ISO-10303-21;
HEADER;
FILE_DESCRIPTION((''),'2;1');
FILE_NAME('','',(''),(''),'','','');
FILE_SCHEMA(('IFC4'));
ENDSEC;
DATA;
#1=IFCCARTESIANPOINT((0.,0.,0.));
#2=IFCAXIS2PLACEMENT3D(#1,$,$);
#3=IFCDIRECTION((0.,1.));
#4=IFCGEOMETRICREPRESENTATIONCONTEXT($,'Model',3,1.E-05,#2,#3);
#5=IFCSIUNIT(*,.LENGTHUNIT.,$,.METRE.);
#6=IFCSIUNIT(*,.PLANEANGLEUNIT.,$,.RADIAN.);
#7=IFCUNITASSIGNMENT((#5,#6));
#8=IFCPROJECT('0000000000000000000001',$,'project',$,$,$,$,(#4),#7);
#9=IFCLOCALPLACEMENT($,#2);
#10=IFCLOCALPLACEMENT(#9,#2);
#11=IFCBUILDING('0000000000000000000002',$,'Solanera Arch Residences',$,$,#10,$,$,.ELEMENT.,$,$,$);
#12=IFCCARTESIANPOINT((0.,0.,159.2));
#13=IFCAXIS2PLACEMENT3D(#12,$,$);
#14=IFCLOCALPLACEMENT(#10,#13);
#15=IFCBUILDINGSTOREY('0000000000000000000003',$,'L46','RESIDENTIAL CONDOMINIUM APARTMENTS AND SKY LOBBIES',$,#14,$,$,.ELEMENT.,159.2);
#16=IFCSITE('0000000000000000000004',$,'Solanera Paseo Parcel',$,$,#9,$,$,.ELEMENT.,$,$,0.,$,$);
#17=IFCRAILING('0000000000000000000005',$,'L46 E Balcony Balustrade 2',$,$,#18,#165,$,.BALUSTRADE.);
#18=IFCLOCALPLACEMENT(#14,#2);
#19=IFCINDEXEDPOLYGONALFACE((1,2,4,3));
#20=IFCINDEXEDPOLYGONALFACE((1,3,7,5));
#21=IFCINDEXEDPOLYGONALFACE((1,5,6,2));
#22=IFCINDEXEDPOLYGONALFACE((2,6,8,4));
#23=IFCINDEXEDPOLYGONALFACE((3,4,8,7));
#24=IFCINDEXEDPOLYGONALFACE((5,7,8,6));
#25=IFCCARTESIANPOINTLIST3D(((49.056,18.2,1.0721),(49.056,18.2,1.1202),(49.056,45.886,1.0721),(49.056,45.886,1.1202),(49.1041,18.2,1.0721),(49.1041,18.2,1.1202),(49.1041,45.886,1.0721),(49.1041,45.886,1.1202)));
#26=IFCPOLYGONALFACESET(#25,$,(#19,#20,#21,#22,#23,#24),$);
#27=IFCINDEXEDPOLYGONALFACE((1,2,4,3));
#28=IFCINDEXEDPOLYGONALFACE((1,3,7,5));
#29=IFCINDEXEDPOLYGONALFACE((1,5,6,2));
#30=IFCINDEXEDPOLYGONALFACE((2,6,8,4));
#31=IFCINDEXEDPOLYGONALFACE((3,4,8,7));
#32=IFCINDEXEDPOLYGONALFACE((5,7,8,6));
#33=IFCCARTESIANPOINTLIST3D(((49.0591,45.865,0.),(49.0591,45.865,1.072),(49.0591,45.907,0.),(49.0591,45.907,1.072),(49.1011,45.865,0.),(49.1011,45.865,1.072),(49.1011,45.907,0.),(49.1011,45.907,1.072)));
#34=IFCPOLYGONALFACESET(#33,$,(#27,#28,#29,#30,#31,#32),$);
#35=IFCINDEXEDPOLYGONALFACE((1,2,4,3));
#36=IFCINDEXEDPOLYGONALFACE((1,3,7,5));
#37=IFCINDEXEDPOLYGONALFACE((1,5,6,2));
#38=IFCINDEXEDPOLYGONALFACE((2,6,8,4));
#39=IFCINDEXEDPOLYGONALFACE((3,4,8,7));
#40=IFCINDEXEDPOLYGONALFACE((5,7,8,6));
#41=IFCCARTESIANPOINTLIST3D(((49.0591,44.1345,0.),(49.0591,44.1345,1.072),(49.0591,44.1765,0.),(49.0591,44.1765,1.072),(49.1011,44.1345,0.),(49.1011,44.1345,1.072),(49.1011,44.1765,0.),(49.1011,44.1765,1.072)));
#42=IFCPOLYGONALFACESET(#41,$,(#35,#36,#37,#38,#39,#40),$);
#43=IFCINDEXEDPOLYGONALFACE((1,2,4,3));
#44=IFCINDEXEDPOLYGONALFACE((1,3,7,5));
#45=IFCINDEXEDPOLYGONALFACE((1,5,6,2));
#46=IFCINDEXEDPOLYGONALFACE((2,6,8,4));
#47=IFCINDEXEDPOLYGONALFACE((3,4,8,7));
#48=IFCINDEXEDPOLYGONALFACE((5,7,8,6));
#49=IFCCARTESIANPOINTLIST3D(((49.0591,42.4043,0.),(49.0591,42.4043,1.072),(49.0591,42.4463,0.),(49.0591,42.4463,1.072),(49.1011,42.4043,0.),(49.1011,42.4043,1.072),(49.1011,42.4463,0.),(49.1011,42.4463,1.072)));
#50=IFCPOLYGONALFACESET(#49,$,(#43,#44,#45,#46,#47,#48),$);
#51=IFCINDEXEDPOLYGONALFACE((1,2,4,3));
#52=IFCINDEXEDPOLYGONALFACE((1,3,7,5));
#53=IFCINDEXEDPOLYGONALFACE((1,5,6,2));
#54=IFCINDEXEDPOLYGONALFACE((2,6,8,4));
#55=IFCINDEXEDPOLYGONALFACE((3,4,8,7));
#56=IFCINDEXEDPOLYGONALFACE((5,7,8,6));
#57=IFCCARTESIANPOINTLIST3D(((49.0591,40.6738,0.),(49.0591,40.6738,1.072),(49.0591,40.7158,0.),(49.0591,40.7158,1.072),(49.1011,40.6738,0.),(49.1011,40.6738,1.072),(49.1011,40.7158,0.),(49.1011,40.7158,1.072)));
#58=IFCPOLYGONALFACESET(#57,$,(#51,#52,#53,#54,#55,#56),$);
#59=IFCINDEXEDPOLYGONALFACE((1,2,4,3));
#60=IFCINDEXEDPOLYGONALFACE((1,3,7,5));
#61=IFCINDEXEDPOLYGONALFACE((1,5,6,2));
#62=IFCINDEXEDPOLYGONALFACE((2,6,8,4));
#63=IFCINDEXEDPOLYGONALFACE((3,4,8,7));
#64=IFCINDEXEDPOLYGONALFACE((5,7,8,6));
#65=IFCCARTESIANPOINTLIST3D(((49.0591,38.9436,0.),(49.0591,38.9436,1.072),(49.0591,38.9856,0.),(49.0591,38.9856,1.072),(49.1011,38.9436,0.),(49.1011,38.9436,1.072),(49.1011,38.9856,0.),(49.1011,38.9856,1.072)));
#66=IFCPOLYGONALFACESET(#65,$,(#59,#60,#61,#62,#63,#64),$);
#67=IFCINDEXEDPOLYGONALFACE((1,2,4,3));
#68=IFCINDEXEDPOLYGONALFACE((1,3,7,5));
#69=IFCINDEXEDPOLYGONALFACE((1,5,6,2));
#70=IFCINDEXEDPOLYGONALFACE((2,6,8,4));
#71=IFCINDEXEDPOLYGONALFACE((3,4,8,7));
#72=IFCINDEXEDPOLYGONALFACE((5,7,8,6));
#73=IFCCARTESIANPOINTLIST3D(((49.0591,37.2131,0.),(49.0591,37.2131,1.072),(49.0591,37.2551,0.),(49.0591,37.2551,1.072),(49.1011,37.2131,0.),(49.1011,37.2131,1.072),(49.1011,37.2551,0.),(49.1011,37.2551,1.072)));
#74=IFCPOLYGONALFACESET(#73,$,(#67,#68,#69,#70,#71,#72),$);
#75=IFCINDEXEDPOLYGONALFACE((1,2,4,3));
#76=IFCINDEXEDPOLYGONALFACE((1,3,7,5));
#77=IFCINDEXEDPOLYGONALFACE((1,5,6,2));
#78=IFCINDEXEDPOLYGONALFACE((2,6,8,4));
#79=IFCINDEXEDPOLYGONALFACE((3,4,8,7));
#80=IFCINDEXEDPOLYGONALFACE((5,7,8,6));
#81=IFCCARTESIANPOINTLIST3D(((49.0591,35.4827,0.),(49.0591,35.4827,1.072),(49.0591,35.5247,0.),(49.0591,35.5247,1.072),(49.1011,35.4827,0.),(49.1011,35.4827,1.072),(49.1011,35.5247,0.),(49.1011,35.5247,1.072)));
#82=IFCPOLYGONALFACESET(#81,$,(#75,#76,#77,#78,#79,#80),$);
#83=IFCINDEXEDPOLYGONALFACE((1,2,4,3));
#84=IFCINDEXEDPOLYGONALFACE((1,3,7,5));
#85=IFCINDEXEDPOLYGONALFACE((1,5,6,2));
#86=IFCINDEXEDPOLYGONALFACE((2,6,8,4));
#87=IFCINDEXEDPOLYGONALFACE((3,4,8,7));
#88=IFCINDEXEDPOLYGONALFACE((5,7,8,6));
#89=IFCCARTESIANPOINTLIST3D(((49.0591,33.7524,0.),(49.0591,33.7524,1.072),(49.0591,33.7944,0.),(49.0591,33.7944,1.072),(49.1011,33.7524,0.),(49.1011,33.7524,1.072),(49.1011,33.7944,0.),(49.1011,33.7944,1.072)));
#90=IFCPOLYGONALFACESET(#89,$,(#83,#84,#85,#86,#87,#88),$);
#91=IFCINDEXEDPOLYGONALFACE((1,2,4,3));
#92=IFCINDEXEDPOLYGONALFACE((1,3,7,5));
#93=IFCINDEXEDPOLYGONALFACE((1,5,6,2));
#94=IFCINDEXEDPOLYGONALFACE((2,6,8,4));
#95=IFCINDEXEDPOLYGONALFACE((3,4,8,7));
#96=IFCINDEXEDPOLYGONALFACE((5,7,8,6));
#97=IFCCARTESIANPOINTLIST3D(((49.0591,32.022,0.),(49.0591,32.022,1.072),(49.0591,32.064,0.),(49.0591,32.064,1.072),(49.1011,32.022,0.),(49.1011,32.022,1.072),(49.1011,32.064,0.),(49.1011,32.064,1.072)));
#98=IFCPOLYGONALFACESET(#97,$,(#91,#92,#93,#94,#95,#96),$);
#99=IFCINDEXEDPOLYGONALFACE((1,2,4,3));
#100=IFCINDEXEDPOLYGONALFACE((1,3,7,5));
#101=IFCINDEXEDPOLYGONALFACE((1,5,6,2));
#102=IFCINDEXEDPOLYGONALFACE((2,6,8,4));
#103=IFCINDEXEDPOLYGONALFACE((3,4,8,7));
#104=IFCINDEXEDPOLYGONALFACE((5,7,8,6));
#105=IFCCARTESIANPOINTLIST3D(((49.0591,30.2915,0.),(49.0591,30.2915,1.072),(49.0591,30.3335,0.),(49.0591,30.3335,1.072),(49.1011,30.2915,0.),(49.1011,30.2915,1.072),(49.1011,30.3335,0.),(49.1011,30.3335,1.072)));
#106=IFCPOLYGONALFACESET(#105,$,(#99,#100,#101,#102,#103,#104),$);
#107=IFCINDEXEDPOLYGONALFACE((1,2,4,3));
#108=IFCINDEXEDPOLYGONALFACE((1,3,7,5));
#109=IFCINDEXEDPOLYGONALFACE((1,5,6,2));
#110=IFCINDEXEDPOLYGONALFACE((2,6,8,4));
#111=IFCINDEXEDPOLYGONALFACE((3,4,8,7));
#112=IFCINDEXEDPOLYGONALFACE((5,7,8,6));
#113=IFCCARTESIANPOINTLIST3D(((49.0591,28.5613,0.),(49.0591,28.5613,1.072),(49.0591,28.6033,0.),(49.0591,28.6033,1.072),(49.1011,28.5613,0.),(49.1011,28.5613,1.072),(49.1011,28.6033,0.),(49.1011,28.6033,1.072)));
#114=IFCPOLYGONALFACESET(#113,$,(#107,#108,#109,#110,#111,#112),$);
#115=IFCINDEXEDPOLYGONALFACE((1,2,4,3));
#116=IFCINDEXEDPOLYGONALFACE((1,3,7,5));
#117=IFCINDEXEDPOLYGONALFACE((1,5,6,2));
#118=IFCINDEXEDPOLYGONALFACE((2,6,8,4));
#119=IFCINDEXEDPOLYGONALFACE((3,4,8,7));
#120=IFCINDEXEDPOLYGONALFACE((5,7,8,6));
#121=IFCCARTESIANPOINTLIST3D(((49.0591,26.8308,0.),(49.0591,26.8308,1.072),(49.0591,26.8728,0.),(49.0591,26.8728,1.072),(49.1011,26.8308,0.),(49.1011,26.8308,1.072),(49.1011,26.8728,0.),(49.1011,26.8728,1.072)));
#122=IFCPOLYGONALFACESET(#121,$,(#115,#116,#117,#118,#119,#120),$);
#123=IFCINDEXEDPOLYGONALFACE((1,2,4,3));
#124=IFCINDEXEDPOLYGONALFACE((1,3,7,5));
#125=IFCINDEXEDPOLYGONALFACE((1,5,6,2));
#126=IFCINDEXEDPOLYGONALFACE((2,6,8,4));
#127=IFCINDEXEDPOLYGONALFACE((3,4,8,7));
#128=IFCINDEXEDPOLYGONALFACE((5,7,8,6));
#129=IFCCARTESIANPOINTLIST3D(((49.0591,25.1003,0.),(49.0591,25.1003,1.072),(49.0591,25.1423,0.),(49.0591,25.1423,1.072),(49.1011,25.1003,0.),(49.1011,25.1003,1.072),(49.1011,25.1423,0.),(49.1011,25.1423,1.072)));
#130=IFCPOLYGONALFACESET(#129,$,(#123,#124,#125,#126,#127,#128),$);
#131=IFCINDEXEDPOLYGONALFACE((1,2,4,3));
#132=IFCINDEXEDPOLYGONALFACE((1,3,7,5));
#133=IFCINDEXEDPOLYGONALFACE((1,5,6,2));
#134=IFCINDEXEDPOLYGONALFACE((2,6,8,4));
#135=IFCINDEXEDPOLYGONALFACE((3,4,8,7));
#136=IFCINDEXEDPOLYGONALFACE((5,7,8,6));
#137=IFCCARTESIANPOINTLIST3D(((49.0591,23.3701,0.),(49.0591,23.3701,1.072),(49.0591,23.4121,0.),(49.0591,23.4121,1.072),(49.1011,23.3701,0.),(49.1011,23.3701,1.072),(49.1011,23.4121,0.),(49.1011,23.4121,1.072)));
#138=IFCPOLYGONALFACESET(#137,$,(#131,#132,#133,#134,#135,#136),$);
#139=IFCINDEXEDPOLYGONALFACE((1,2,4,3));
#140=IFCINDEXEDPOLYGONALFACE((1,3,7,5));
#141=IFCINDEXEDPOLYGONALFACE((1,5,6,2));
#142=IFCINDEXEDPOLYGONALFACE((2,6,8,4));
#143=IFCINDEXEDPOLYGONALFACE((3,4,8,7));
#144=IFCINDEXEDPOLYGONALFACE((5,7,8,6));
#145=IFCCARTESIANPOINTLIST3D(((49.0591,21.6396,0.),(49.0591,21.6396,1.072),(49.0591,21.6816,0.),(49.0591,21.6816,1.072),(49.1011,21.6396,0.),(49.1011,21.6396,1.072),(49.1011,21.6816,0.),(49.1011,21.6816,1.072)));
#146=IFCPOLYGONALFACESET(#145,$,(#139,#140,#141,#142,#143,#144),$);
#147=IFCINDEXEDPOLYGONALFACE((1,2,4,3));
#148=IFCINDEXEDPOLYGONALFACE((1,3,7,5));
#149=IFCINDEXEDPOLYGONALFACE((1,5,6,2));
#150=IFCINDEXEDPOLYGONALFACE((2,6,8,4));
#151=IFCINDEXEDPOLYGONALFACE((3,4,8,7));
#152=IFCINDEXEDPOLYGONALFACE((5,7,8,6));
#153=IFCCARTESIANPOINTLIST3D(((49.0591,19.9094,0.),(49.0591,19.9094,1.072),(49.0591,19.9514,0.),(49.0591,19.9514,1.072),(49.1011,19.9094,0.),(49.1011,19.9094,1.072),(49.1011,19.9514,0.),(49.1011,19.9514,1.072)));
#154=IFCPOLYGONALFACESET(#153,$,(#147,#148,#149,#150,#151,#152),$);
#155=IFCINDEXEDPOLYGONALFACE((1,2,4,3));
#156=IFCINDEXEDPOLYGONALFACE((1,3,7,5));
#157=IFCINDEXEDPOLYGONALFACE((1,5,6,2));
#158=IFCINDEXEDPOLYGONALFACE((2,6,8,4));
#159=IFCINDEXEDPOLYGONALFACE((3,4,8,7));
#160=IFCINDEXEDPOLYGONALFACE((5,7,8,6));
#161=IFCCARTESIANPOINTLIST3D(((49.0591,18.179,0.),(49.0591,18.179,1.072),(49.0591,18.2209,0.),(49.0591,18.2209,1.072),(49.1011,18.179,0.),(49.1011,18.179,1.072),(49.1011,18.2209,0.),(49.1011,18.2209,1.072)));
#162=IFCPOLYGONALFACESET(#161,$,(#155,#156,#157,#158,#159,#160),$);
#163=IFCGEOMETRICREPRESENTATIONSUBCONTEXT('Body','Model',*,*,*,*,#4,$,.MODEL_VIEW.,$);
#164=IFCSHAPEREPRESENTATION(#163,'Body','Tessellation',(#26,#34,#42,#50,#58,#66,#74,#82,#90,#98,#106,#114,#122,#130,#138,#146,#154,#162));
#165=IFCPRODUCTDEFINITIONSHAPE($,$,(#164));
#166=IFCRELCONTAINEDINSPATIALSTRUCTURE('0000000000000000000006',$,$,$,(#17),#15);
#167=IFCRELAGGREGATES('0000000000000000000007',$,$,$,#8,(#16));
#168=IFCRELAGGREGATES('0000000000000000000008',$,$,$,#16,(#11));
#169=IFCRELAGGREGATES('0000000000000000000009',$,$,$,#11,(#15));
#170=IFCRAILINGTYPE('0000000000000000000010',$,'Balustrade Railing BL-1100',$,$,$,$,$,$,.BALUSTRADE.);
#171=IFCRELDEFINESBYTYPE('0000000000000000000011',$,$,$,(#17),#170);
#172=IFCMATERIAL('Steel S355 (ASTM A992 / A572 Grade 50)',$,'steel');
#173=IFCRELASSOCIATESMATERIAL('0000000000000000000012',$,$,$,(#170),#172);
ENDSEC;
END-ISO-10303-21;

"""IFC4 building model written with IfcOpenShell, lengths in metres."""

from ifc_helpers import new_model, si_unit, direction, frame, origin, origin_2d, place, context, subcontext, project, spatial, rectangle, extrude, material, type_object, element, save


model = new_model("IFC4")

# Units and contexts
model_context = context("Model", 3, precision=1e-05, world=origin(), true_north=direction((0.0, 1.0)))
body_context = subcontext(model_context, "Body", "Model", "MODEL_VIEW")
ifc_project = project(units=[si_unit("LENGTHUNIT", "METRE"), si_unit("PLANEANGLEUNIT", "RADIAN")], contexts=[model_context])

# Site, building, storey
site_placement = place(None, origin())
site = spatial("IfcSite", under=ifc_project, at=site_placement, Name="Solanera Paseo Parcel", CompositionType="ELEMENT", RefElevation=0.0)
building_placement = place(site_placement, origin())
building = spatial("IfcBuilding", under=site, at=building_placement, Name="Solanera Arch Residences", CompositionType="ELEMENT")
storey_placement = place(building_placement, frame((0.0, 0.0, 159.2)))
storey = spatial("IfcBuildingStorey", under=building, at=storey_placement, Name="L46", Description="RESIDENTIAL CONDOMINIUM APARTMENTS AND SKY LOBBIES", CompositionType="ELEMENT", Elevation=159.2)

# Railing
ifc_material_1 = material(Name="Steel S355 (ASTM A992 / A572 Grade 50)", Category="steel")
railing_type = type_object("IfcRailingType", Name="Balustrade Railing BL-1100", PredefinedType="BALUSTRADE", material=ifc_material_1)
railing_1_placement = place(storey_placement, frame((49.0801, 45.886, 0.0)))
element("IfcRailing", 1, at=railing_1_placement, inside=storey, type_object=railing_type, Name="L46 E Balcony Balustrade 2", PredefinedType="BALUSTRADE", context=body_context, shape_type="SweptSolid", body=[
    extrude(rectangle(XDim=0.0481, YDim=0.0481, at=origin_2d()), frame((0.0, 0.0, 1.0962), z_axis=(0.0, -1.0, 0.0), x_axis=(1.0, 0.0, 0.0)), (0.0, 0.0, 1.0), 27.686),
    extrude(rectangle(XDim=0.042, YDim=0.042, at=origin_2d()), origin(), (0.0, 0.0, 1.0), 1.072),
    extrude(rectangle(XDim=0.042, YDim=0.042, at=origin_2d()), frame((0.0, -1.7305, 0.0)), (0.0, 0.0, 1.0), 1.072),
    extrude(rectangle(XDim=0.042, YDim=0.042, at=origin_2d()), frame((0.0, -3.4607, 0.0)), (0.0, 0.0, 1.0), 1.072),
    extrude(rectangle(XDim=0.042, YDim=0.042, at=origin_2d()), frame((0.0, -5.1912, 0.0)), (0.0, 0.0, 1.0), 1.072),
    extrude(rectangle(XDim=0.042, YDim=0.042, at=origin_2d()), frame((0.0, -6.9214, 0.0)), (0.0, 0.0, 1.0), 1.072),
    extrude(rectangle(XDim=0.042, YDim=0.042, at=origin_2d()), frame((0.0, -8.6519, 0.0)), (0.0, 0.0, 1.0), 1.072),
    extrude(rectangle(XDim=0.042, YDim=0.042, at=origin_2d()), frame((0.0, -10.3823, 0.0)), (0.0, 0.0, 1.0), 1.072),
    extrude(rectangle(XDim=0.042, YDim=0.042, at=origin_2d()), frame((0.0, -12.1125, 0.0)), (0.0, 0.0, 1.0), 1.072),
    extrude(rectangle(XDim=0.042, YDim=0.042, at=origin_2d()), frame((0.0, -13.843, 0.0)), (0.0, 0.0, 1.0), 1.072),
    extrude(rectangle(XDim=0.042, YDim=0.042, at=origin_2d()), frame((0.0, -15.5735, 0.0)), (0.0, 0.0, 1.0), 1.072),
    extrude(rectangle(XDim=0.042, YDim=0.042, at=origin_2d()), frame((0.0, -17.3037, 0.0)), (0.0, 0.0, 1.0), 1.072),
    extrude(rectangle(XDim=0.042, YDim=0.042, at=origin_2d()), frame((0.0, -19.0342, 0.0)), (0.0, 0.0, 1.0), 1.072),
    extrude(rectangle(XDim=0.042, YDim=0.042, at=origin_2d()), frame((0.0, -20.7646, 0.0)), (0.0, 0.0, 1.0), 1.072),
    extrude(rectangle(XDim=0.042, YDim=0.042, at=origin_2d()), frame((0.0, -22.4949, 0.0)), (0.0, 0.0, 1.0), 1.072),
    extrude(rectangle(XDim=0.042, YDim=0.042, at=origin_2d()), frame((0.0, -24.2253, 0.0)), (0.0, 0.0, 1.0), 1.072),
    extrude(rectangle(XDim=0.042, YDim=0.042, at=origin_2d()), frame((0.0, -25.9556, 0.0)), (0.0, 0.0, 1.0), 1.072),
    extrude(rectangle(XDim=0.042, YDim=0.042, at=origin_2d()), frame((0.0, -27.686, 0.0)), (0.0, 0.0, 1.0), 1.072),
])

save(model, "model.ifc")
